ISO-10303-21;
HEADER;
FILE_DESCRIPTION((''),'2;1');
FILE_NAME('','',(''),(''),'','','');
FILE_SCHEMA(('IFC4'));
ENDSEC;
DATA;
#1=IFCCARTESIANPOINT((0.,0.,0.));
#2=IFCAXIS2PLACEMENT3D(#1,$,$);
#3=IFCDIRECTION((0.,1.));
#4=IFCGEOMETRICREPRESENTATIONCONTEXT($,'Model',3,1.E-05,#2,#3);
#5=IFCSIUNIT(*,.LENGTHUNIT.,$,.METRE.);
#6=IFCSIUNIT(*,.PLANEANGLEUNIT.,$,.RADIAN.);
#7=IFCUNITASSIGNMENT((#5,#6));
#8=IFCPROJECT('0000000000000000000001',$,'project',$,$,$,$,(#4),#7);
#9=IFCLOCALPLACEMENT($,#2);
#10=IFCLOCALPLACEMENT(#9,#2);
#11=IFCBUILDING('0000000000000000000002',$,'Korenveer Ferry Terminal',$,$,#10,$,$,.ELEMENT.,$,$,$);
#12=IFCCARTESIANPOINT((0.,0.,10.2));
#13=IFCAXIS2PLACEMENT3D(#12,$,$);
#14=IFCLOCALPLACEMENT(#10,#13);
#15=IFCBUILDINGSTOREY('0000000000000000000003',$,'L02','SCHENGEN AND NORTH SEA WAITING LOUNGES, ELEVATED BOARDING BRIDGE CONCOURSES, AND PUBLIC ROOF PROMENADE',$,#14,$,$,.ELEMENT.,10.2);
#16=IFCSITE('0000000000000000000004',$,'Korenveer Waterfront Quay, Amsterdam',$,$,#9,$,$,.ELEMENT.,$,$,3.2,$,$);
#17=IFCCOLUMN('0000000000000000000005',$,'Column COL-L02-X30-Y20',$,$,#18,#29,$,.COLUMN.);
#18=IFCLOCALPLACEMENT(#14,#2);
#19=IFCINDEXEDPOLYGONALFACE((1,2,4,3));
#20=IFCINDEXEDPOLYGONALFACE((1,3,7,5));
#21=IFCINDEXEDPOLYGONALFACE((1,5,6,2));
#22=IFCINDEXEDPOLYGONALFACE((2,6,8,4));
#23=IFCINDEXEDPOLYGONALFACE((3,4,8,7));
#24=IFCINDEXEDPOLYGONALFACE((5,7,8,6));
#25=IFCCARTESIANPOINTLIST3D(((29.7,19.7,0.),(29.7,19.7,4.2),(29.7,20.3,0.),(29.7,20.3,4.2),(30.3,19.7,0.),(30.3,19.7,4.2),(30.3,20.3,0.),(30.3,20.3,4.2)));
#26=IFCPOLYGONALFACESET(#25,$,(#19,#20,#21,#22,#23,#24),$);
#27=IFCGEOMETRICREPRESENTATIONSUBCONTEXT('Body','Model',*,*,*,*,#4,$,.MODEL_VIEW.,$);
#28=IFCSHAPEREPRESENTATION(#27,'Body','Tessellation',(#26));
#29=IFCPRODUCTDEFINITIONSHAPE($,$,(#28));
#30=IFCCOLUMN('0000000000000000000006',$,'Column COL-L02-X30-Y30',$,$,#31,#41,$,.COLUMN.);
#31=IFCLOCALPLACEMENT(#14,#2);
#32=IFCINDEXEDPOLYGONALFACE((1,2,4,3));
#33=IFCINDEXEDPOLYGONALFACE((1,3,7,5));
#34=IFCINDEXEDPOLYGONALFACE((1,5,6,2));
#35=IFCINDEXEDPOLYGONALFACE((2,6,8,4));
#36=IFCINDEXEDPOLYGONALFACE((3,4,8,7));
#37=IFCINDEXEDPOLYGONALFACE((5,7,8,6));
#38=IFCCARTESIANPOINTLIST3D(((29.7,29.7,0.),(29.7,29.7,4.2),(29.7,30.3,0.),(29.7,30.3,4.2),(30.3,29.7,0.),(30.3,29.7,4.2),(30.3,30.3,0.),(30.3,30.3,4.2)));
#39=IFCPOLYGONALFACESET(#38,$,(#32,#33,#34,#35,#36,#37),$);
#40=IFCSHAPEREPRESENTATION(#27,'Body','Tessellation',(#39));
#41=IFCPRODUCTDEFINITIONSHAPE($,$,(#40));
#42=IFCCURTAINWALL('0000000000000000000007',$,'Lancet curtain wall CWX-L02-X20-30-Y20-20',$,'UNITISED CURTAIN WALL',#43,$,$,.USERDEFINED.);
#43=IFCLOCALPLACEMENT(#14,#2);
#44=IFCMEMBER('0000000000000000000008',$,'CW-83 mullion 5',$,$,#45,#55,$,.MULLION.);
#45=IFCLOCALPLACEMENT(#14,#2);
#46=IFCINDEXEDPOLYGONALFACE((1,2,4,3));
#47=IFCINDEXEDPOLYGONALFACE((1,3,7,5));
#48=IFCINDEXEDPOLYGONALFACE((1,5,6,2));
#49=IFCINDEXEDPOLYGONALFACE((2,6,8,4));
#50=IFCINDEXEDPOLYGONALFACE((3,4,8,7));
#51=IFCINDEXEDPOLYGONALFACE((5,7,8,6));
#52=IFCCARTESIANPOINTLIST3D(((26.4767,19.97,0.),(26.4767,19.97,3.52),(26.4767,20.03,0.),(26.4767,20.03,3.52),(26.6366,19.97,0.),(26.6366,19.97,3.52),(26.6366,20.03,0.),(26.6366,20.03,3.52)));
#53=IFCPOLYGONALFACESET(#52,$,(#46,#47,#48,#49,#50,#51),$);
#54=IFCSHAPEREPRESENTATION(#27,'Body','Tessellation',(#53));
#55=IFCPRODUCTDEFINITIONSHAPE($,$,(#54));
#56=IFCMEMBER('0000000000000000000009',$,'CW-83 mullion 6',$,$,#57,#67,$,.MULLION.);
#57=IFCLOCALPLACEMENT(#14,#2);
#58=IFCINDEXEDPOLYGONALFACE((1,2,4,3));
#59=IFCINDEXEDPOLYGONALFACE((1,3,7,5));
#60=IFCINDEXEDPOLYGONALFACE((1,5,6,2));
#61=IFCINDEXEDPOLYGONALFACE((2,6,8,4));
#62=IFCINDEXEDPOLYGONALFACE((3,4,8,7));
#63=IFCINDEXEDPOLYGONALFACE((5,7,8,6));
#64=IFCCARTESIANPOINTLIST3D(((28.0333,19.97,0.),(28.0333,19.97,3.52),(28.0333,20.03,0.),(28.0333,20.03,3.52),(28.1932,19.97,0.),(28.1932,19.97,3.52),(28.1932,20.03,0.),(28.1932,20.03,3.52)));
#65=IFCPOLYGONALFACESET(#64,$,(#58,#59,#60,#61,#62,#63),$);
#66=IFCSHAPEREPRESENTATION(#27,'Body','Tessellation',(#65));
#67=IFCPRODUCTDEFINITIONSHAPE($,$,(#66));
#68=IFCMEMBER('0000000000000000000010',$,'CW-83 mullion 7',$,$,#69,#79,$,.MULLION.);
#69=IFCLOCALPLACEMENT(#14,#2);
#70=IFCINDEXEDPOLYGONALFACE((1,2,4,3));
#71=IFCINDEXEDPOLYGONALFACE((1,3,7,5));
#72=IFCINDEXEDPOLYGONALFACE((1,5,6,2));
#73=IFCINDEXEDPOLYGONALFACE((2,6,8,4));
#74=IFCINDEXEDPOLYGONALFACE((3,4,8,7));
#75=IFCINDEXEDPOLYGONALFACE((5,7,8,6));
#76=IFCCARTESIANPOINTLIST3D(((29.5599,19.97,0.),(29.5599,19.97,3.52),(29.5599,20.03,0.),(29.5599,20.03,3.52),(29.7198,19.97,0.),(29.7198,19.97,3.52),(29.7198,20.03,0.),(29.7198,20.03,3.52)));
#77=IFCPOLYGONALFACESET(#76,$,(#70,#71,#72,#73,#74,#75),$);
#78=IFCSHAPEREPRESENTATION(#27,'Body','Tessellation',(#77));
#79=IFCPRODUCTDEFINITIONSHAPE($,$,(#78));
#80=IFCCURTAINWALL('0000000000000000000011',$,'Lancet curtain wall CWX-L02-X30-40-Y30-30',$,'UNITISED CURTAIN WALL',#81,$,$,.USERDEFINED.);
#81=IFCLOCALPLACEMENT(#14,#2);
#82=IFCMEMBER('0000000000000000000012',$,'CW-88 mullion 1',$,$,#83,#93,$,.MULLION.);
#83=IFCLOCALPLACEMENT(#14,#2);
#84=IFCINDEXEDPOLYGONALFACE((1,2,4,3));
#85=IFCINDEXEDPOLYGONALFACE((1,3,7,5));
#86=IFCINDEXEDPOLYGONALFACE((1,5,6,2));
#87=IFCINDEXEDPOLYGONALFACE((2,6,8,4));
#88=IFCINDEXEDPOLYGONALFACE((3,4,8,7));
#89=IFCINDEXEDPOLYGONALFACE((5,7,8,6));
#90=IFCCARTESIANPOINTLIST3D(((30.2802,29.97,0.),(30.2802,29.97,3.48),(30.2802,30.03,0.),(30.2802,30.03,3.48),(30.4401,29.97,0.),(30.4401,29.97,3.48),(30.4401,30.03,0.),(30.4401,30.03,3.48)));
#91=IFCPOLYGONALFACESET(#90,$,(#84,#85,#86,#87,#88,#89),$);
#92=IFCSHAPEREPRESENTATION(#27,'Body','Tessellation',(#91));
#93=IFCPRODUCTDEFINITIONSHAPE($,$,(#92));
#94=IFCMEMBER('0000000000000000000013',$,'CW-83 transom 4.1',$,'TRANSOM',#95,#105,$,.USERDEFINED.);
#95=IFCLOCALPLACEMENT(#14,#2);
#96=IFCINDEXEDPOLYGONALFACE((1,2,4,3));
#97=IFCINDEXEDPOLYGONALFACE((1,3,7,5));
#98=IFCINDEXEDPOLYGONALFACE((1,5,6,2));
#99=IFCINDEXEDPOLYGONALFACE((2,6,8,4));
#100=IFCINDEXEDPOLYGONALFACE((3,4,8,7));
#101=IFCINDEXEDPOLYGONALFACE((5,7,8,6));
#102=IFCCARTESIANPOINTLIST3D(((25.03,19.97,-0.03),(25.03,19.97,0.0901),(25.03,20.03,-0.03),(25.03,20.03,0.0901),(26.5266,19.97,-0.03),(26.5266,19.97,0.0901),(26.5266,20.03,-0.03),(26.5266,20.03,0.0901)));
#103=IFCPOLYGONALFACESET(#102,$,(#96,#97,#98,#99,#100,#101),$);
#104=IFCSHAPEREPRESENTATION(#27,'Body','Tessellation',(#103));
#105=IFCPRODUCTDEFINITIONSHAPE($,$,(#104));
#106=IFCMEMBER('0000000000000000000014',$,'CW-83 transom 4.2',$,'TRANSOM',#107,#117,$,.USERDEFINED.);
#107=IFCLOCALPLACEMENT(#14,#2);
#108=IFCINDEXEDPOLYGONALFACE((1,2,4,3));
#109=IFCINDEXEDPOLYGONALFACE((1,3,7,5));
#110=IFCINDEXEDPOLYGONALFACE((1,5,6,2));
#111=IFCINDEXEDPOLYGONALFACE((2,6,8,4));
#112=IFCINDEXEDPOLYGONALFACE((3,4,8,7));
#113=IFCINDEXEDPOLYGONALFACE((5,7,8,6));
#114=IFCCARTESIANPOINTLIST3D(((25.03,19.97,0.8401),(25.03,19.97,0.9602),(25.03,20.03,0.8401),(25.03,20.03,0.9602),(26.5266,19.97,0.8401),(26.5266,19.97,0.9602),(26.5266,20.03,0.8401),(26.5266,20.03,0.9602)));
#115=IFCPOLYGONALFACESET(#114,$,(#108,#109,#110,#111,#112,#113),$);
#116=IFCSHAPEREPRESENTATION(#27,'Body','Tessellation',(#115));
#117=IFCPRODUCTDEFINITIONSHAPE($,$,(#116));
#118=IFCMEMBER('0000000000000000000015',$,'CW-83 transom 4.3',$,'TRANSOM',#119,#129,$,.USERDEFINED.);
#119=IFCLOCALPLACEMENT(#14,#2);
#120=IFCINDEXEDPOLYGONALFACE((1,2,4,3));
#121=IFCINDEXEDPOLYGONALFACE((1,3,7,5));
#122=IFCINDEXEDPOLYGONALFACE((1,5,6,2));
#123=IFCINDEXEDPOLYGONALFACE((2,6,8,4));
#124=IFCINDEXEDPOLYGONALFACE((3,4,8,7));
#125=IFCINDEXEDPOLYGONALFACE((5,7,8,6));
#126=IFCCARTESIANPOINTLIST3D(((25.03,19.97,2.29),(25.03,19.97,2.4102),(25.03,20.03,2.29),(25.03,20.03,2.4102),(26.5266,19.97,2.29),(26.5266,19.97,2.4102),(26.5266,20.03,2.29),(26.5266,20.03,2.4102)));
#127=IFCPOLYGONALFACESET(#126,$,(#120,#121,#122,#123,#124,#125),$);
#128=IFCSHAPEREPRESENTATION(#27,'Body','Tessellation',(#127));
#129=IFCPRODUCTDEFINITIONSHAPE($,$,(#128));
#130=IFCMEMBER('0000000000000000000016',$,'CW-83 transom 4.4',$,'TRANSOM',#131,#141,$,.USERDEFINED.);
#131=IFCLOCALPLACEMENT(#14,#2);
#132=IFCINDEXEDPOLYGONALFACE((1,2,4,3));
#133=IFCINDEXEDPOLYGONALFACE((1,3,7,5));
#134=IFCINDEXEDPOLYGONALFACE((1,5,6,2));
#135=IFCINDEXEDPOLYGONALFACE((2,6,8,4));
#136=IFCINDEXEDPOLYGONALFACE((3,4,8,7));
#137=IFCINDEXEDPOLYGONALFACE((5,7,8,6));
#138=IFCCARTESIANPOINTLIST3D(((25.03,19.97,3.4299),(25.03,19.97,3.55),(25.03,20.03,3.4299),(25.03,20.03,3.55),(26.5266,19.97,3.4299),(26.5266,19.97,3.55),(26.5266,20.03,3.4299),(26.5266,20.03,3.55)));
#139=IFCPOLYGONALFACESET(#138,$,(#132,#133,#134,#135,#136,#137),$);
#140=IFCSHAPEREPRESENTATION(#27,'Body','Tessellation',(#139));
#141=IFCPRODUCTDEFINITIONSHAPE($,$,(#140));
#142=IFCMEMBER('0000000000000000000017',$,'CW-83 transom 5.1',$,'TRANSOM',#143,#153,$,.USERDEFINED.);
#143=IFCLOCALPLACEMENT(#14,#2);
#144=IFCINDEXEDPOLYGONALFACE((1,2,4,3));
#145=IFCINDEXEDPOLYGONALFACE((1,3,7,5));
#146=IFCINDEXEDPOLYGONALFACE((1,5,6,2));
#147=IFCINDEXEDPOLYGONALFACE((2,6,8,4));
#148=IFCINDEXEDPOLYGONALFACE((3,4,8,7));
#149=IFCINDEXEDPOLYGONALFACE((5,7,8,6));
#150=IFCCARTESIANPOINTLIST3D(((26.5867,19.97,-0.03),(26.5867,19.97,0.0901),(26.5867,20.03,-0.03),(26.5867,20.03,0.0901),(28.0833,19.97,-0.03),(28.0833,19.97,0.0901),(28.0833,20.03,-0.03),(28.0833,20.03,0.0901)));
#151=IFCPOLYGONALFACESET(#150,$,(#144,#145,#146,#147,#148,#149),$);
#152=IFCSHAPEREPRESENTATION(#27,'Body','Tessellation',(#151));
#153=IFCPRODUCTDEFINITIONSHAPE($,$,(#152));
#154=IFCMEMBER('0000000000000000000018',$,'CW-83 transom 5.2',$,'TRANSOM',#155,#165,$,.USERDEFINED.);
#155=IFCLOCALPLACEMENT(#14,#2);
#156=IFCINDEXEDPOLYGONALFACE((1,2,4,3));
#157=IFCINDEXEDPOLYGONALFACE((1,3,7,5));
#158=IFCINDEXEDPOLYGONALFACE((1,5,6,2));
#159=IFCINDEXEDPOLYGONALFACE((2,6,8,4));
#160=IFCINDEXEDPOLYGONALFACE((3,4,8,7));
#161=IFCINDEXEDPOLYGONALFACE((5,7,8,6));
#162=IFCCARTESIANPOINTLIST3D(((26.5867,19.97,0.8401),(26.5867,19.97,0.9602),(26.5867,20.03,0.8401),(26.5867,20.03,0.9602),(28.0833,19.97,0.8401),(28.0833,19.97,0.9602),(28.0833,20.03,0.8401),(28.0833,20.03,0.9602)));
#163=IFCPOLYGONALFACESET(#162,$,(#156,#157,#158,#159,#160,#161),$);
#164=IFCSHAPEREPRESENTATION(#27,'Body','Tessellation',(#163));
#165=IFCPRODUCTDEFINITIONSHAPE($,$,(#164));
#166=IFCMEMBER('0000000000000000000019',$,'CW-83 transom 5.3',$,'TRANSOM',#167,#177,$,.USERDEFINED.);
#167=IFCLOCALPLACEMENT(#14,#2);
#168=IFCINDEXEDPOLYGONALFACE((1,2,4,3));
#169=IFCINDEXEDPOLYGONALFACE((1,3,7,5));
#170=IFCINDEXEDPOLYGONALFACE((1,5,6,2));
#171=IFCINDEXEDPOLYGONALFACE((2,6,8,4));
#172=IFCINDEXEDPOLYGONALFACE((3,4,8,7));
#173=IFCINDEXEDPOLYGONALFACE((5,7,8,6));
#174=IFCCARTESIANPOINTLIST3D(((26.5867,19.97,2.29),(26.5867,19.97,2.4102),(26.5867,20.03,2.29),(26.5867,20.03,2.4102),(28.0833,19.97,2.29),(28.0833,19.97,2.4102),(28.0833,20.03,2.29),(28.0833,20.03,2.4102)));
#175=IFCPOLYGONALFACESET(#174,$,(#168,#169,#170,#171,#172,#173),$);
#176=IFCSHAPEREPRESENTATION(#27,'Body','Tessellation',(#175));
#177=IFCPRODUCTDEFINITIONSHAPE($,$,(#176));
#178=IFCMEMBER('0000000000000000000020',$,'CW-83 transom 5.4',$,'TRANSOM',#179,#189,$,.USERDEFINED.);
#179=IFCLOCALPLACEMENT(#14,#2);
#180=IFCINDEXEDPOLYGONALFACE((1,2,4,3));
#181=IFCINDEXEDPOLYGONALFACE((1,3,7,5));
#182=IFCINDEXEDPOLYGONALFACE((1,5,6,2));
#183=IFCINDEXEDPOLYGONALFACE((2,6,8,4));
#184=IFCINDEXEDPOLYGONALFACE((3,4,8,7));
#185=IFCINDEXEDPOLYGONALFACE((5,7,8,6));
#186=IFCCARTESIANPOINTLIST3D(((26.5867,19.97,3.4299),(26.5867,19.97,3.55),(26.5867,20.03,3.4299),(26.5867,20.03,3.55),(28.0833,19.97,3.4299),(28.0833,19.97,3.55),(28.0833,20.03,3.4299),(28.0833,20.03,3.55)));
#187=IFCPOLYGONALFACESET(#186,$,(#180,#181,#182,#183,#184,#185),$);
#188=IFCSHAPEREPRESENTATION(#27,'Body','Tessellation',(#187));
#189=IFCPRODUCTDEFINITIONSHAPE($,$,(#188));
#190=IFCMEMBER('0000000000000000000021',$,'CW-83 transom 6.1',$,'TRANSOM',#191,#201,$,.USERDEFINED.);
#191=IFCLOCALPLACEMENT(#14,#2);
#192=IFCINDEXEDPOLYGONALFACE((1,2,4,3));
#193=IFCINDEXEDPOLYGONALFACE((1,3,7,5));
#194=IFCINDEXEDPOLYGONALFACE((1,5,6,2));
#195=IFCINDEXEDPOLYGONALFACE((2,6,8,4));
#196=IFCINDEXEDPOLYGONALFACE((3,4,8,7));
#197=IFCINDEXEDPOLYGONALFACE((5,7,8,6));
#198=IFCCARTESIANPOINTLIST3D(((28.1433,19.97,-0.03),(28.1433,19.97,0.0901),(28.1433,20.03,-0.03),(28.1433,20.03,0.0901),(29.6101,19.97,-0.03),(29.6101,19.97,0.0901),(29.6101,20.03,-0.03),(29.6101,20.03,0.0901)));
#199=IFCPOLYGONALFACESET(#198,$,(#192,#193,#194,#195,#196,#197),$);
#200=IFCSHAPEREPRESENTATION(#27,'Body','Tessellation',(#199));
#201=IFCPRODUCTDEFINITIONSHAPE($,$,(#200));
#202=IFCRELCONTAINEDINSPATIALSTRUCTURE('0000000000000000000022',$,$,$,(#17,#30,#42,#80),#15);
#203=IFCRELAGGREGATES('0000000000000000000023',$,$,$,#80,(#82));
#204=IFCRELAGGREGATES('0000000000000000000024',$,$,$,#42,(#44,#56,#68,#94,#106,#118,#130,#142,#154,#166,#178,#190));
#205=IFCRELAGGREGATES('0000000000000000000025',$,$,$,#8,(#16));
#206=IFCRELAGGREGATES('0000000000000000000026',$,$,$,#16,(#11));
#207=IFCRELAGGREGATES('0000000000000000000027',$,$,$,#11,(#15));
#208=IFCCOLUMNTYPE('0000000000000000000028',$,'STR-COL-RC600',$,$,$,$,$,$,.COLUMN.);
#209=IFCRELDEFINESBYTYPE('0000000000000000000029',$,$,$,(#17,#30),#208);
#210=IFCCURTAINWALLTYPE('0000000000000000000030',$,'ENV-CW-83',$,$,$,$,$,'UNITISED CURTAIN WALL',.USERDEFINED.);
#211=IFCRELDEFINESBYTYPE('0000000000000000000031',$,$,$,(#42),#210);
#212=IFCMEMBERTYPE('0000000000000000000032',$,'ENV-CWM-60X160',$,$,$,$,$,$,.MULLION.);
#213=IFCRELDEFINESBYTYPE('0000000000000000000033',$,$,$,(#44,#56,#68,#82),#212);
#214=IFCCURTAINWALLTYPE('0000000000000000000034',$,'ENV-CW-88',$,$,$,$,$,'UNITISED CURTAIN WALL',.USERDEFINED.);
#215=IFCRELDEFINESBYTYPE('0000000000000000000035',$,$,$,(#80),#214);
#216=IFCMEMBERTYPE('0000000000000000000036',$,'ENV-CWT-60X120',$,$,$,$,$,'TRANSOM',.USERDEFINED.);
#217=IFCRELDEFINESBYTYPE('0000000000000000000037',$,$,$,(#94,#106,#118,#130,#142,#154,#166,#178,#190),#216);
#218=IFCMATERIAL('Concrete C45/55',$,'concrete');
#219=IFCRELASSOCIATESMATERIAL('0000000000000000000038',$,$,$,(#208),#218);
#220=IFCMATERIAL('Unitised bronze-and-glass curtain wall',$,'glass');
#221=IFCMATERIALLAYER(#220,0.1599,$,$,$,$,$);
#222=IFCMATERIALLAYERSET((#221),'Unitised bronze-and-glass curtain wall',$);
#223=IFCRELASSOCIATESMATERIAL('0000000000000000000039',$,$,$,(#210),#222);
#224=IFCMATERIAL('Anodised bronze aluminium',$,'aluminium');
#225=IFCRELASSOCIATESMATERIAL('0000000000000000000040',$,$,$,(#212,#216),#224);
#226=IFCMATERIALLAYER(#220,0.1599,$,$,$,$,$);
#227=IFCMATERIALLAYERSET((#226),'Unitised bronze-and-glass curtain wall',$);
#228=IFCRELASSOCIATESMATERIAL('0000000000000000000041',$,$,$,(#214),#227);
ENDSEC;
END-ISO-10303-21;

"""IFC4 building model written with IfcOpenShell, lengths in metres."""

from ifc_helpers import new_model, si_unit, direction, frame, origin, origin_2d, place, context, subcontext, project, spatial, rectangle, extrude, material, layer, layer_set, material_profile, profile_set, type_object, element, aggregate, save


model = new_model("IFC4")

# Units and contexts
model_context = context("Model", 3, precision=1e-05, world=origin(), true_north=direction((0.0, 1.0)))
body_context = subcontext(model_context, "Body", "Model", "MODEL_VIEW")
ifc_project = project(units=[si_unit("LENGTHUNIT", "METRE"), si_unit("PLANEANGLEUNIT", "RADIAN")], contexts=[model_context])

# Site, building, storey
site_placement = place(None, origin())
site = spatial("IfcSite", under=ifc_project, at=site_placement, Name="Korenveer Waterfront Quay, Amsterdam", CompositionType="ELEMENT", RefElevation=3.2)
building_placement = place(site_placement, origin())
building = spatial("IfcBuilding", under=site, at=building_placement, Name="Korenveer Ferry Terminal", CompositionType="ELEMENT")
storey_placement = place(building_placement, frame((0.0, 0.0, 10.2)))
storey = spatial("IfcBuildingStorey", under=building, at=storey_placement, Name="L02", Description="SCHENGEN AND NORTH SEA WAITING LOUNGES, ELEVATED BOARDING BRIDGE CONCOURSES, AND PUBLIC ROOF PROMENADE", CompositionType="ELEMENT", Elevation=10.2)

# Columns
ifc_material_1 = material(Name="Concrete C45/55", Category="concrete")
ifc_material_profile_1 = material_profile(ifc_material_1, rectangle(XDim=0.6001, YDim=0.6001, at=origin_2d()), Name="RC 600x600")
ifc_profile_set_1 = profile_set([ifc_material_profile_1], Name="Concrete C45/55")
column_type = type_object("IfcColumnType", Name="STR-COL-RC600", PredefinedType="COLUMN", material=ifc_profile_set_1)
for number, where, z_axis, x_axis, name in (
    (1, (30.0, 20.0, 0.0), (0.0, 0.0, 1.0), (1.0, 0.0, 0.0), "Column COL-L02-X30-Y20"),
    (2, (30.0, 30.0, 0.0), (0.0, 0.0, 1.0), (1.0, 0.0, 0.0), "Column COL-L02-X30-Y30"),
):
    element("IfcColumn", number, at=place(storey_placement, frame(where, z_axis=z_axis, x_axis=x_axis)), inside=storey, type_object=column_type, Name=name, PredefinedType="COLUMN", context=body_context, shape_type="SweptSolid", body=[
        extrude(rectangle(XDim=0.6001, YDim=0.6001, at=origin_2d()), origin(), (0.0, 0.0, 1.0), 4.2),
    ])

# Curtain wall, members
ifc_material_2 = material(Name="Unitised bronze-and-glass curtain wall", Category="glass")
ifc_layer_1 = layer(ifc_material_2, 0.1599)
ifc_layer_set_1 = layer_set([ifc_layer_1], Name="Unitised bronze-and-glass curtain wall")
curtain_wall_type_1 = type_object("IfcCurtainWallType", Name="ENV-CW-83", ElementType="UNITISED CURTAIN WALL", PredefinedType="USERDEFINED", material=ifc_layer_set_1)
curtain_wall_1_placement = place(storey_placement, frame((20.3301, 20.0, 0.0)))
curtain_wall_1 = element("IfcCurtainWall", 3, at=curtain_wall_1_placement, inside=storey, type_object=curtain_wall_type_1, Name="Lancet curtain wall CWX-L02-X20-30-Y20-20", ObjectType="UNITISED CURTAIN WALL", PredefinedType="USERDEFINED")
ifc_material_3 = material(Name="Anodised bronze aluminium", Category="aluminium")
ifc_material_profile_2 = material_profile(ifc_material_3, rectangle(XDim=0.0601, YDim=0.1599, at=origin_2d()), Name="ALU 60x160")
ifc_profile_set_2 = profile_set([ifc_material_profile_2], Name="Anodised bronze aluminium")
member_type_1 = type_object("IfcMemberType", Name="ENV-CWM-60X160", PredefinedType="MULLION", material=ifc_profile_set_2)
member_1_placement = place(storey_placement, frame((26.5566, 20.0, 0.0), z_axis=(0.0, 0.0, 1.0), x_axis=(0.0, 1.0, 0.0)))
member_1 = element("IfcMember", 4, at=member_1_placement, type_object=member_type_1, Name="CW-83 mullion 5", PredefinedType="MULLION", context=body_context, shape_type="SweptSolid", body=[
    extrude(rectangle(XDim=0.0601, YDim=0.1599, at=origin_2d()), origin(), (0.0, 0.0, 1.0), 3.52),
])
member_2_placement = place(storey_placement, frame((28.1133, 20.0, 0.0), z_axis=(0.0, 0.0, 1.0), x_axis=(0.0, 1.0, 0.0)))
member_2 = element("IfcMember", 5, at=member_2_placement, type_object=member_type_1, Name="CW-83 mullion 6", PredefinedType="MULLION", context=body_context, shape_type="SweptSolid", body=[
    extrude(rectangle(XDim=0.0601, YDim=0.1599, at=origin_2d()), origin(), (0.0, 0.0, 1.0), 3.52),
])
member_3_placement = place(storey_placement, frame((29.6399, 20.0, 0.0), z_axis=(0.0, 0.0, 1.0), x_axis=(0.0, 1.0, 0.0)))
member_3 = element("IfcMember", 6, at=member_3_placement, type_object=member_type_1, Name="CW-83 mullion 7", PredefinedType="MULLION", context=body_context, shape_type="SweptSolid", body=[
    extrude(rectangle(XDim=0.0601, YDim=0.1599, at=origin_2d()), origin(), (0.0, 0.0, 1.0), 3.52),
])

# Curtain wall, member
ifc_layer_2 = layer(ifc_material_2, 0.1599)
ifc_layer_set_2 = layer_set([ifc_layer_2], Name="Unitised bronze-and-glass curtain wall")
curtain_wall_type_2 = type_object("IfcCurtainWallType", Name="ENV-CW-88", ElementType="UNITISED CURTAIN WALL", PredefinedType="USERDEFINED", material=ifc_layer_set_2)
curtain_wall_2_placement = place(storey_placement, frame((30.3301, 30.0, 0.0)))
curtain_wall_2 = element("IfcCurtainWall", 7, at=curtain_wall_2_placement, inside=storey, type_object=curtain_wall_type_2, Name="Lancet curtain wall CWX-L02-X30-40-Y30-30", ObjectType="UNITISED CURTAIN WALL", PredefinedType="USERDEFINED")
member_4_placement = place(storey_placement, frame((30.3601, 30.0, 0.0), z_axis=(0.0, 0.0, 1.0), x_axis=(0.0, 1.0, 0.0)))
member_4 = element("IfcMember", 8, at=member_4_placement, type_object=member_type_1, Name="CW-88 mullion 1", PredefinedType="MULLION", context=body_context, shape_type="SweptSolid", body=[
    extrude(rectangle(XDim=0.0601, YDim=0.1599, at=origin_2d()), origin(), (0.0, 0.0, 1.0), 3.48),
])

# Members
ifc_material_profile_3 = material_profile(ifc_material_3, rectangle(XDim=0.0601, YDim=0.1201, at=origin_2d()), Name="ALU 60x120")
ifc_profile_set_3 = profile_set([ifc_material_profile_3], Name="Anodised bronze aluminium")
member_type_2 = type_object("IfcMemberType", Name="ENV-CWT-60X120", ElementType="TRANSOM", PredefinedType="USERDEFINED", material=ifc_profile_set_3)
member_5_placement = place(storey_placement, frame((25.03, 20.0, 0.03), z_axis=(1.0, 0.0, 0.0), x_axis=(0.0, 1.0, 0.0)))
member_5 = element("IfcMember", 9, at=member_5_placement, type_object=member_type_2, Name="CW-83 transom 4.1", ObjectType="TRANSOM", PredefinedType="USERDEFINED", context=body_context, shape_type="SweptSolid", body=[
    extrude(rectangle(XDim=0.0601, YDim=0.1201, at=origin_2d()), origin(), (0.0, 0.0, 1.0), 1.4966),
])
member_6_placement = place(storey_placement, frame((25.03, 20.0, 0.9001), z_axis=(1.0, 0.0, 0.0), x_axis=(0.0, 1.0, 0.0)))
member_6 = element("IfcMember", 10, at=member_6_placement, type_object=member_type_2, Name="CW-83 transom 4.2", ObjectType="TRANSOM", PredefinedType="USERDEFINED", context=body_context, shape_type="SweptSolid", body=[
    extrude(rectangle(XDim=0.0601, YDim=0.1201, at=origin_2d()), origin(), (0.0, 0.0, 1.0), 1.4966),
])
member_7_placement = place(storey_placement, frame((25.03, 20.0, 2.3501), z_axis=(1.0, 0.0, 0.0), x_axis=(0.0, 1.0, 0.0)))
member_7 = element("IfcMember", 11, at=member_7_placement, type_object=member_type_2, Name="CW-83 transom 4.3", ObjectType="TRANSOM", PredefinedType="USERDEFINED", context=body_context, shape_type="SweptSolid", body=[
    extrude(rectangle(XDim=0.0601, YDim=0.1201, at=origin_2d()), origin(), (0.0, 0.0, 1.0), 1.4966),
])
member_8_placement = place(storey_placement, frame((25.03, 20.0, 3.49), z_axis=(1.0, 0.0, 0.0), x_axis=(0.0, 1.0, 0.0)))
member_8 = element("IfcMember", 12, at=member_8_placement, type_object=member_type_2, Name="CW-83 transom 4.4", ObjectType="TRANSOM", PredefinedType="USERDEFINED", context=body_context, shape_type="SweptSolid", body=[
    extrude(rectangle(XDim=0.0601, YDim=0.1201, at=origin_2d()), origin(), (0.0, 0.0, 1.0), 1.4966),
])
member_9_placement = place(storey_placement, frame((26.5867, 20.0, 0.03), z_axis=(1.0, 0.0, 0.0), x_axis=(0.0, 1.0, 0.0)))
member_9 = element("IfcMember", 13, at=member_9_placement, type_object=member_type_2, Name="CW-83 transom 5.1", ObjectType="TRANSOM", PredefinedType="USERDEFINED", context=body_context, shape_type="SweptSolid", body=[
    extrude(rectangle(XDim=0.0601, YDim=0.1201, at=origin_2d()), origin(), (0.0, 0.0, 1.0), 1.4966),
])
member_10_placement = place(storey_placement, frame((26.5867, 20.0, 0.9001), z_axis=(1.0, 0.0, 0.0), x_axis=(0.0, 1.0, 0.0)))
member_10 = element("IfcMember", 14, at=member_10_placement, type_object=member_type_2, Name="CW-83 transom 5.2", ObjectType="TRANSOM", PredefinedType="USERDEFINED", context=body_context, shape_type="SweptSolid", body=[
    extrude(rectangle(XDim=0.0601, YDim=0.1201, at=origin_2d()), origin(), (0.0, 0.0, 1.0), 1.4966),
])
member_11_placement = place(storey_placement, frame((26.5867, 20.0, 2.3501), z_axis=(1.0, 0.0, 0.0), x_axis=(0.0, 1.0, 0.0)))
member_11 = element("IfcMember", 15, at=member_11_placement, type_object=member_type_2, Name="CW-83 transom 5.3", ObjectType="TRANSOM", PredefinedType="USERDEFINED", context=body_context, shape_type="SweptSolid", body=[
    extrude(rectangle(XDim=0.0601, YDim=0.1201, at=origin_2d()), origin(), (0.0, 0.0, 1.0), 1.4966),
])
member_12_placement = place(storey_placement, frame((26.5867, 20.0, 3.49), z_axis=(1.0, 0.0, 0.0), x_axis=(0.0, 1.0, 0.0)))
member_12 = element("IfcMember", 16, at=member_12_placement, type_object=member_type_2, Name="CW-83 transom 5.4", ObjectType="TRANSOM", PredefinedType="USERDEFINED", context=body_context, shape_type="SweptSolid", body=[
    extrude(rectangle(XDim=0.0601, YDim=0.1201, at=origin_2d()), origin(), (0.0, 0.0, 1.0), 1.4966),
])
member_13_placement = place(storey_placement, frame((28.1433, 20.0, 0.03), z_axis=(1.0, 0.0, 0.0), x_axis=(0.0, 1.0, 0.0)))
member_13 = element("IfcMember", 17, at=member_13_placement, type_object=member_type_2, Name="CW-83 transom 6.1", ObjectType="TRANSOM", PredefinedType="USERDEFINED", context=body_context, shape_type="SweptSolid", body=[
    extrude(rectangle(XDim=0.0601, YDim=0.1201, at=origin_2d()), origin(), (0.0, 0.0, 1.0), 1.4668),
])
aggregate(curtain_wall_2, [member_4])

aggregate(curtain_wall_1, [member_1, member_2, member_3, member_5, member_6, member_7, member_8, member_9, member_10, member_11, member_12, member_13])

save(model, "model.ifc")
